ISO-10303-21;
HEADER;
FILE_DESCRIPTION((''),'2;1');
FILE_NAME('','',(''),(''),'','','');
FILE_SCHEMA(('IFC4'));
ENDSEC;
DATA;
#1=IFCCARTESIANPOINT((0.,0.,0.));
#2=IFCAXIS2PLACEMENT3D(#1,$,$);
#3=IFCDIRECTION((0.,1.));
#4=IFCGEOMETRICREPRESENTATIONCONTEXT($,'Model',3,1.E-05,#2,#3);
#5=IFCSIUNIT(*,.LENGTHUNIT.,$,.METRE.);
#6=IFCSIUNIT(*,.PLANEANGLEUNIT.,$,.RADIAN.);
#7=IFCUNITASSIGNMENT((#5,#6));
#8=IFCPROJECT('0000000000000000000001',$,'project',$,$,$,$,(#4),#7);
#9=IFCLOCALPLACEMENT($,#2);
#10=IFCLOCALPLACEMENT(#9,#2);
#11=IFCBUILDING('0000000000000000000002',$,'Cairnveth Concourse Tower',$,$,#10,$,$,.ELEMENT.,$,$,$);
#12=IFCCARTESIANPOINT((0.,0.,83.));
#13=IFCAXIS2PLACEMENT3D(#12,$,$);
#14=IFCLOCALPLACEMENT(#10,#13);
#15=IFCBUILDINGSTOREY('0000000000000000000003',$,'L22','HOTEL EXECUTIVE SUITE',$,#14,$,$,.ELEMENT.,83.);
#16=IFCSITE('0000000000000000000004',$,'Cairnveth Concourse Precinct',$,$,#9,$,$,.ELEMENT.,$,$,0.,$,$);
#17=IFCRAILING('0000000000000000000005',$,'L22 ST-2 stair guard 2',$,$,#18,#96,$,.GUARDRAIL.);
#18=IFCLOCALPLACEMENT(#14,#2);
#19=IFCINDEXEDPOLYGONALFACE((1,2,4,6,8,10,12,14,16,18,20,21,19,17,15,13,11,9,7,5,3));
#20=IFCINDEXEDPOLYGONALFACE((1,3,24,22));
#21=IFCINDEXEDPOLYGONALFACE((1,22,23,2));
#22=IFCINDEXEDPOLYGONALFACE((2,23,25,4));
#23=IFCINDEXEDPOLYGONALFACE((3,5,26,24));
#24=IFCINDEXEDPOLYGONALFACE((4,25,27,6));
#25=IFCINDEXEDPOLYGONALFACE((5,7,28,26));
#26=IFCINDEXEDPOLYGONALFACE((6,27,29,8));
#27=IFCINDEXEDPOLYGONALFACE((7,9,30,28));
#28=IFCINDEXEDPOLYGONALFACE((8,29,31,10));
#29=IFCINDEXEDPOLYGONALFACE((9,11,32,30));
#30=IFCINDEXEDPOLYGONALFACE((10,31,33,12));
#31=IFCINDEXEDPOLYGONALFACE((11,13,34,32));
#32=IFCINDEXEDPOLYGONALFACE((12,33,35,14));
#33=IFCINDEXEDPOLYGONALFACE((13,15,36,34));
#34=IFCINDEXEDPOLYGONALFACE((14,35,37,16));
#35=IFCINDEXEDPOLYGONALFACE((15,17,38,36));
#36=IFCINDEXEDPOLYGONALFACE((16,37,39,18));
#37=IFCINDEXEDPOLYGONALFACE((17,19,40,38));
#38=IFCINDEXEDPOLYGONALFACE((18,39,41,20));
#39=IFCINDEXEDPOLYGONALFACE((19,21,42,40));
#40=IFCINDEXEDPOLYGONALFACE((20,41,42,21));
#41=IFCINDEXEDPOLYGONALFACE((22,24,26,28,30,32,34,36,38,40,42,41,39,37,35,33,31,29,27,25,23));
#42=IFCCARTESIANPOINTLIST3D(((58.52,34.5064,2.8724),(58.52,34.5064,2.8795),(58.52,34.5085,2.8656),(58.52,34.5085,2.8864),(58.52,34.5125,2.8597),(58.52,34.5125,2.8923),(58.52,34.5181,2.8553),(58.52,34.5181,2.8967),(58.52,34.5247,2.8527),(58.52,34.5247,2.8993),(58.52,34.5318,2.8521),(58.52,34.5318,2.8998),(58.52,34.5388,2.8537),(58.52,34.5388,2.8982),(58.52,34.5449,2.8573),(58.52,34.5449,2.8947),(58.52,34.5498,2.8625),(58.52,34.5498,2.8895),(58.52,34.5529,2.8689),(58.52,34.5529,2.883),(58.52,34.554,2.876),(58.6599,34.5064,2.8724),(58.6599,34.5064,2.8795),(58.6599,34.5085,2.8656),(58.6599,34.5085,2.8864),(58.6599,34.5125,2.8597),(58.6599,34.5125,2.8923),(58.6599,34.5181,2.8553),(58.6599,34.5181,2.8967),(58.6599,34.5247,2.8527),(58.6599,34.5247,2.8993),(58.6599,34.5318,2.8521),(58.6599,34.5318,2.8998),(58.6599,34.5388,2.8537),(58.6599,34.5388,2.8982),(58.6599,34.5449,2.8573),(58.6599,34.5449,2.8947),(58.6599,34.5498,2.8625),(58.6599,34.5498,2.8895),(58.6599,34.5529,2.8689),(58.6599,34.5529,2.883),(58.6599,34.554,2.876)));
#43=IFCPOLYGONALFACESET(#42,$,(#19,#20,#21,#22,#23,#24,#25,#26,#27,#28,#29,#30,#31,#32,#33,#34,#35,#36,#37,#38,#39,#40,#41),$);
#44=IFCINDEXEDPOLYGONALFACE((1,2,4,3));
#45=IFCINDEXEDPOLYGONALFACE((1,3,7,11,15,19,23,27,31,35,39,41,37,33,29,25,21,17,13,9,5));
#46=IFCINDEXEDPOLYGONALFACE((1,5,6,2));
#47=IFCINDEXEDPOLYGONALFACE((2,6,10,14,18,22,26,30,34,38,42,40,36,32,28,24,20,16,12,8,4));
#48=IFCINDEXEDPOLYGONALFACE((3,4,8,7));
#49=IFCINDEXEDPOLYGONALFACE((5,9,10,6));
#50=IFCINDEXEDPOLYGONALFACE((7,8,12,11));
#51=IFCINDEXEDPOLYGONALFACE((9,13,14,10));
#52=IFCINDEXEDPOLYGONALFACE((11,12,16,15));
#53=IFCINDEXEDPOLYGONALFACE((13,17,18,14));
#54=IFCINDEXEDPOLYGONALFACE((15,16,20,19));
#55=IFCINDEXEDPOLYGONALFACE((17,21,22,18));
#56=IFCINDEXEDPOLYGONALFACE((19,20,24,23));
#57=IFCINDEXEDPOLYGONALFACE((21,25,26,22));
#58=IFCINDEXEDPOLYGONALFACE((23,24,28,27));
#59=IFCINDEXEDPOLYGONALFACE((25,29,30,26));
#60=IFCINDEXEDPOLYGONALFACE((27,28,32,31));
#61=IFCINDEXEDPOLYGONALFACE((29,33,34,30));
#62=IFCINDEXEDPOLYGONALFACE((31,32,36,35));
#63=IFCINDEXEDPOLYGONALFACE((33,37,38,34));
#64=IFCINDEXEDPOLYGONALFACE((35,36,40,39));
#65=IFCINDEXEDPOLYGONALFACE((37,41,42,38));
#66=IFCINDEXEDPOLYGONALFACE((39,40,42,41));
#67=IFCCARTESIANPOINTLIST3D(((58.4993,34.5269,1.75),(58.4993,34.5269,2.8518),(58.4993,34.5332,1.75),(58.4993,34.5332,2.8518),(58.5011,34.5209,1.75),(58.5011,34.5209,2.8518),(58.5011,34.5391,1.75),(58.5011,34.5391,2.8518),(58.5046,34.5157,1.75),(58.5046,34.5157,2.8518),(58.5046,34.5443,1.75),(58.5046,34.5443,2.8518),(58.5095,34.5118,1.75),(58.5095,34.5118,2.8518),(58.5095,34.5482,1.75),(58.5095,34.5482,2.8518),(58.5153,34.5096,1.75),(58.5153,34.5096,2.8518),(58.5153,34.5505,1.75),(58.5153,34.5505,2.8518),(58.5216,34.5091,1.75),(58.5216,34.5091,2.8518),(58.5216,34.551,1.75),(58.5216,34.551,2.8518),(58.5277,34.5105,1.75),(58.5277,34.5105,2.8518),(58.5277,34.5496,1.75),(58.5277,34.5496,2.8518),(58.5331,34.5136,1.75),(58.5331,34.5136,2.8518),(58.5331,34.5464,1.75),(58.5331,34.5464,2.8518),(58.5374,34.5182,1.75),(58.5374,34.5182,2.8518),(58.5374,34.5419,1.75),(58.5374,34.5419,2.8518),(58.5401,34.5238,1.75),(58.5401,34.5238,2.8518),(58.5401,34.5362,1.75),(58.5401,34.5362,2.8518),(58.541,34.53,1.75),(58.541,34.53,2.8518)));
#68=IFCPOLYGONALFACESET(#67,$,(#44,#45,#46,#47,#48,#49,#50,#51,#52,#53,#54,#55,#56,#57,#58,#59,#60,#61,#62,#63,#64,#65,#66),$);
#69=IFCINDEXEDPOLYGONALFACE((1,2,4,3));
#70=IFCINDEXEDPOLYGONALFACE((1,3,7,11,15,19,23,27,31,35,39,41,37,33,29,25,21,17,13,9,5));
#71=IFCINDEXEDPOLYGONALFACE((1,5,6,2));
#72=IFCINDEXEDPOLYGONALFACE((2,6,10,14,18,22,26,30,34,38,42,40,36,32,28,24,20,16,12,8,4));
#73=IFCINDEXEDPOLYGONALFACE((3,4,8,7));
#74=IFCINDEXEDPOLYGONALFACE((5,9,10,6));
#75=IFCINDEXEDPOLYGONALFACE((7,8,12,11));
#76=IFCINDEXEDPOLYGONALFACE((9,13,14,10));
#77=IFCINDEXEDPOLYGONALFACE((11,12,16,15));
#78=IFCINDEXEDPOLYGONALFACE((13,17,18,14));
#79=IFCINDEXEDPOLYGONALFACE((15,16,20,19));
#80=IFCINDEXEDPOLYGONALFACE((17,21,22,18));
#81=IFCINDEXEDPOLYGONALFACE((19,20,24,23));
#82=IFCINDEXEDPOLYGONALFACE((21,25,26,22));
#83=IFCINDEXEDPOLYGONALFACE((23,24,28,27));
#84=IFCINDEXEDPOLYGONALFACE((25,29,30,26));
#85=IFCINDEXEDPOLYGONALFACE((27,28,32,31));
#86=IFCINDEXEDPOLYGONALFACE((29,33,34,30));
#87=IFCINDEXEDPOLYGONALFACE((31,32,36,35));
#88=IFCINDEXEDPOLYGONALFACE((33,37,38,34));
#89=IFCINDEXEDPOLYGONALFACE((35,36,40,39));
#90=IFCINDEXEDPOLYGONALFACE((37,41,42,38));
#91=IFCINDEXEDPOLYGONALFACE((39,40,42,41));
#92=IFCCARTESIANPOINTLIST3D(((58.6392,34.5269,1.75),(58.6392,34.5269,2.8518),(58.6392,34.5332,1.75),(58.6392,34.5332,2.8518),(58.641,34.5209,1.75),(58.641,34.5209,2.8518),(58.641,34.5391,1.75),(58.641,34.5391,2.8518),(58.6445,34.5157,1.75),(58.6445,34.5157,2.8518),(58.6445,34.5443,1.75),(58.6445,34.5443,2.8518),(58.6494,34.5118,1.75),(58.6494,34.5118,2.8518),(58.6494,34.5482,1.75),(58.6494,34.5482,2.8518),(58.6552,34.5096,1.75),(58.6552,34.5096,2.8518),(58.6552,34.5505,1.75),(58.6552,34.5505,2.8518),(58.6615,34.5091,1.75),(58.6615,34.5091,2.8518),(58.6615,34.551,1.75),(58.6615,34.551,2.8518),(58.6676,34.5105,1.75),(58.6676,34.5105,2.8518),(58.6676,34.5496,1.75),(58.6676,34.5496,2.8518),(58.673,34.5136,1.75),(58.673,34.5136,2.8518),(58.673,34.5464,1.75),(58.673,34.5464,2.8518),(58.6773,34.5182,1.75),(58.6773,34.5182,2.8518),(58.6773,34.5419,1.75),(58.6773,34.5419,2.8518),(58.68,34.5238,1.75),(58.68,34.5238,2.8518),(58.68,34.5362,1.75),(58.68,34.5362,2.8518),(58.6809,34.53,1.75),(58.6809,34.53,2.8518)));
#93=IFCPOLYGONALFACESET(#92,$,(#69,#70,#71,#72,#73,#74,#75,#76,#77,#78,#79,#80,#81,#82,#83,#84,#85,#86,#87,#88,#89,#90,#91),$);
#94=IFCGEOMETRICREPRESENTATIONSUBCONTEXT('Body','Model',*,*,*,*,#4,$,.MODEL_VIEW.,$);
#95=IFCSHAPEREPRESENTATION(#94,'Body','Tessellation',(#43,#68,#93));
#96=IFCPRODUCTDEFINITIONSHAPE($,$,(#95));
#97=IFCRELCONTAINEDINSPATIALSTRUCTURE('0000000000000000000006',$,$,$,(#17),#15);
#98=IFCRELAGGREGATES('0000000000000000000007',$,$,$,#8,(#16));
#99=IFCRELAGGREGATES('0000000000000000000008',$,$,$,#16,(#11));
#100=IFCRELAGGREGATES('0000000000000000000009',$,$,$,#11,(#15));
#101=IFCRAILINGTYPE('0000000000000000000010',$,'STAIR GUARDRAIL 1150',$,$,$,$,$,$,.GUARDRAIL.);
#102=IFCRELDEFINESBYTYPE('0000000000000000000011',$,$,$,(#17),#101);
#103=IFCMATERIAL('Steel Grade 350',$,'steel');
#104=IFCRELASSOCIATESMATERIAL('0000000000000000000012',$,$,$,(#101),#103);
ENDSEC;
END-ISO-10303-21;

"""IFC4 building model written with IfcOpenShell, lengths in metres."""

from ifc_helpers import new_model, si_unit, direction, frame, origin, origin_2d, place, context, subcontext, project, spatial, circle, extrude, material, type_object, element, save


model = new_model("IFC4")

# Units and contexts
model_context = context("Model", 3, precision=1e-05, world=origin(), true_north=direction((0.0, 1.0)))
body_context = subcontext(model_context, "Body", "Model", "MODEL_VIEW")
ifc_project = project(units=[si_unit("LENGTHUNIT", "METRE"), si_unit("PLANEANGLEUNIT", "RADIAN")], contexts=[model_context])

# Site, building, storey
site_placement = place(None, origin())
site = spatial("IfcSite", under=ifc_project, at=site_placement, Name="Cairnveth Concourse Precinct", CompositionType="ELEMENT", RefElevation=0.0)
building_placement = place(site_placement, origin())
building = spatial("IfcBuilding", under=site, at=building_placement, Name="Cairnveth Concourse Tower", CompositionType="ELEMENT")
storey_placement = place(building_placement, frame((0.0, 0.0, 83.0)))
storey = spatial("IfcBuildingStorey", under=building, at=storey_placement, Name="L22", Description="HOTEL EXECUTIVE SUITE", CompositionType="ELEMENT", Elevation=83.0)

# Shared definitions
ifc_material_1 = material(Name="Steel Grade 350", Category="steel")

# Railing
railing_type_1 = type_object("IfcRailingType", Name="STAIR GUARDRAIL 1150", PredefinedType="GUARDRAIL", material=ifc_material_1)
railing_1_placement = place(storey_placement, frame((58.52, 34.53, 1.75)))
element("IfcRailing", 1, at=railing_1_placement, inside=storey, type_object=railing_type_1, Name="L22 ST-2 stair guard 2", PredefinedType="GUARDRAIL", context=body_context, shape_type="SweptSolid", body=[
    extrude(circle(Radius=0.0239, at=origin_2d()), frame((0.0, 0.0, 1.126), z_axis=(1.0, 0.0, 0.0), x_axis=(0.0, 1.0, 0.0)), (0.0, 0.0, 1.0), 0.1399),
    extrude(circle(Radius=0.021, at=origin_2d()), origin(), (0.0, 0.0, 1.0), 1.1018),
    extrude(circle(Radius=0.021, at=origin_2d()), frame((0.1399, 0.0, 0.0)), (0.0, 0.0, 1.0), 1.1018),
])

save(model, "model.ifc")
